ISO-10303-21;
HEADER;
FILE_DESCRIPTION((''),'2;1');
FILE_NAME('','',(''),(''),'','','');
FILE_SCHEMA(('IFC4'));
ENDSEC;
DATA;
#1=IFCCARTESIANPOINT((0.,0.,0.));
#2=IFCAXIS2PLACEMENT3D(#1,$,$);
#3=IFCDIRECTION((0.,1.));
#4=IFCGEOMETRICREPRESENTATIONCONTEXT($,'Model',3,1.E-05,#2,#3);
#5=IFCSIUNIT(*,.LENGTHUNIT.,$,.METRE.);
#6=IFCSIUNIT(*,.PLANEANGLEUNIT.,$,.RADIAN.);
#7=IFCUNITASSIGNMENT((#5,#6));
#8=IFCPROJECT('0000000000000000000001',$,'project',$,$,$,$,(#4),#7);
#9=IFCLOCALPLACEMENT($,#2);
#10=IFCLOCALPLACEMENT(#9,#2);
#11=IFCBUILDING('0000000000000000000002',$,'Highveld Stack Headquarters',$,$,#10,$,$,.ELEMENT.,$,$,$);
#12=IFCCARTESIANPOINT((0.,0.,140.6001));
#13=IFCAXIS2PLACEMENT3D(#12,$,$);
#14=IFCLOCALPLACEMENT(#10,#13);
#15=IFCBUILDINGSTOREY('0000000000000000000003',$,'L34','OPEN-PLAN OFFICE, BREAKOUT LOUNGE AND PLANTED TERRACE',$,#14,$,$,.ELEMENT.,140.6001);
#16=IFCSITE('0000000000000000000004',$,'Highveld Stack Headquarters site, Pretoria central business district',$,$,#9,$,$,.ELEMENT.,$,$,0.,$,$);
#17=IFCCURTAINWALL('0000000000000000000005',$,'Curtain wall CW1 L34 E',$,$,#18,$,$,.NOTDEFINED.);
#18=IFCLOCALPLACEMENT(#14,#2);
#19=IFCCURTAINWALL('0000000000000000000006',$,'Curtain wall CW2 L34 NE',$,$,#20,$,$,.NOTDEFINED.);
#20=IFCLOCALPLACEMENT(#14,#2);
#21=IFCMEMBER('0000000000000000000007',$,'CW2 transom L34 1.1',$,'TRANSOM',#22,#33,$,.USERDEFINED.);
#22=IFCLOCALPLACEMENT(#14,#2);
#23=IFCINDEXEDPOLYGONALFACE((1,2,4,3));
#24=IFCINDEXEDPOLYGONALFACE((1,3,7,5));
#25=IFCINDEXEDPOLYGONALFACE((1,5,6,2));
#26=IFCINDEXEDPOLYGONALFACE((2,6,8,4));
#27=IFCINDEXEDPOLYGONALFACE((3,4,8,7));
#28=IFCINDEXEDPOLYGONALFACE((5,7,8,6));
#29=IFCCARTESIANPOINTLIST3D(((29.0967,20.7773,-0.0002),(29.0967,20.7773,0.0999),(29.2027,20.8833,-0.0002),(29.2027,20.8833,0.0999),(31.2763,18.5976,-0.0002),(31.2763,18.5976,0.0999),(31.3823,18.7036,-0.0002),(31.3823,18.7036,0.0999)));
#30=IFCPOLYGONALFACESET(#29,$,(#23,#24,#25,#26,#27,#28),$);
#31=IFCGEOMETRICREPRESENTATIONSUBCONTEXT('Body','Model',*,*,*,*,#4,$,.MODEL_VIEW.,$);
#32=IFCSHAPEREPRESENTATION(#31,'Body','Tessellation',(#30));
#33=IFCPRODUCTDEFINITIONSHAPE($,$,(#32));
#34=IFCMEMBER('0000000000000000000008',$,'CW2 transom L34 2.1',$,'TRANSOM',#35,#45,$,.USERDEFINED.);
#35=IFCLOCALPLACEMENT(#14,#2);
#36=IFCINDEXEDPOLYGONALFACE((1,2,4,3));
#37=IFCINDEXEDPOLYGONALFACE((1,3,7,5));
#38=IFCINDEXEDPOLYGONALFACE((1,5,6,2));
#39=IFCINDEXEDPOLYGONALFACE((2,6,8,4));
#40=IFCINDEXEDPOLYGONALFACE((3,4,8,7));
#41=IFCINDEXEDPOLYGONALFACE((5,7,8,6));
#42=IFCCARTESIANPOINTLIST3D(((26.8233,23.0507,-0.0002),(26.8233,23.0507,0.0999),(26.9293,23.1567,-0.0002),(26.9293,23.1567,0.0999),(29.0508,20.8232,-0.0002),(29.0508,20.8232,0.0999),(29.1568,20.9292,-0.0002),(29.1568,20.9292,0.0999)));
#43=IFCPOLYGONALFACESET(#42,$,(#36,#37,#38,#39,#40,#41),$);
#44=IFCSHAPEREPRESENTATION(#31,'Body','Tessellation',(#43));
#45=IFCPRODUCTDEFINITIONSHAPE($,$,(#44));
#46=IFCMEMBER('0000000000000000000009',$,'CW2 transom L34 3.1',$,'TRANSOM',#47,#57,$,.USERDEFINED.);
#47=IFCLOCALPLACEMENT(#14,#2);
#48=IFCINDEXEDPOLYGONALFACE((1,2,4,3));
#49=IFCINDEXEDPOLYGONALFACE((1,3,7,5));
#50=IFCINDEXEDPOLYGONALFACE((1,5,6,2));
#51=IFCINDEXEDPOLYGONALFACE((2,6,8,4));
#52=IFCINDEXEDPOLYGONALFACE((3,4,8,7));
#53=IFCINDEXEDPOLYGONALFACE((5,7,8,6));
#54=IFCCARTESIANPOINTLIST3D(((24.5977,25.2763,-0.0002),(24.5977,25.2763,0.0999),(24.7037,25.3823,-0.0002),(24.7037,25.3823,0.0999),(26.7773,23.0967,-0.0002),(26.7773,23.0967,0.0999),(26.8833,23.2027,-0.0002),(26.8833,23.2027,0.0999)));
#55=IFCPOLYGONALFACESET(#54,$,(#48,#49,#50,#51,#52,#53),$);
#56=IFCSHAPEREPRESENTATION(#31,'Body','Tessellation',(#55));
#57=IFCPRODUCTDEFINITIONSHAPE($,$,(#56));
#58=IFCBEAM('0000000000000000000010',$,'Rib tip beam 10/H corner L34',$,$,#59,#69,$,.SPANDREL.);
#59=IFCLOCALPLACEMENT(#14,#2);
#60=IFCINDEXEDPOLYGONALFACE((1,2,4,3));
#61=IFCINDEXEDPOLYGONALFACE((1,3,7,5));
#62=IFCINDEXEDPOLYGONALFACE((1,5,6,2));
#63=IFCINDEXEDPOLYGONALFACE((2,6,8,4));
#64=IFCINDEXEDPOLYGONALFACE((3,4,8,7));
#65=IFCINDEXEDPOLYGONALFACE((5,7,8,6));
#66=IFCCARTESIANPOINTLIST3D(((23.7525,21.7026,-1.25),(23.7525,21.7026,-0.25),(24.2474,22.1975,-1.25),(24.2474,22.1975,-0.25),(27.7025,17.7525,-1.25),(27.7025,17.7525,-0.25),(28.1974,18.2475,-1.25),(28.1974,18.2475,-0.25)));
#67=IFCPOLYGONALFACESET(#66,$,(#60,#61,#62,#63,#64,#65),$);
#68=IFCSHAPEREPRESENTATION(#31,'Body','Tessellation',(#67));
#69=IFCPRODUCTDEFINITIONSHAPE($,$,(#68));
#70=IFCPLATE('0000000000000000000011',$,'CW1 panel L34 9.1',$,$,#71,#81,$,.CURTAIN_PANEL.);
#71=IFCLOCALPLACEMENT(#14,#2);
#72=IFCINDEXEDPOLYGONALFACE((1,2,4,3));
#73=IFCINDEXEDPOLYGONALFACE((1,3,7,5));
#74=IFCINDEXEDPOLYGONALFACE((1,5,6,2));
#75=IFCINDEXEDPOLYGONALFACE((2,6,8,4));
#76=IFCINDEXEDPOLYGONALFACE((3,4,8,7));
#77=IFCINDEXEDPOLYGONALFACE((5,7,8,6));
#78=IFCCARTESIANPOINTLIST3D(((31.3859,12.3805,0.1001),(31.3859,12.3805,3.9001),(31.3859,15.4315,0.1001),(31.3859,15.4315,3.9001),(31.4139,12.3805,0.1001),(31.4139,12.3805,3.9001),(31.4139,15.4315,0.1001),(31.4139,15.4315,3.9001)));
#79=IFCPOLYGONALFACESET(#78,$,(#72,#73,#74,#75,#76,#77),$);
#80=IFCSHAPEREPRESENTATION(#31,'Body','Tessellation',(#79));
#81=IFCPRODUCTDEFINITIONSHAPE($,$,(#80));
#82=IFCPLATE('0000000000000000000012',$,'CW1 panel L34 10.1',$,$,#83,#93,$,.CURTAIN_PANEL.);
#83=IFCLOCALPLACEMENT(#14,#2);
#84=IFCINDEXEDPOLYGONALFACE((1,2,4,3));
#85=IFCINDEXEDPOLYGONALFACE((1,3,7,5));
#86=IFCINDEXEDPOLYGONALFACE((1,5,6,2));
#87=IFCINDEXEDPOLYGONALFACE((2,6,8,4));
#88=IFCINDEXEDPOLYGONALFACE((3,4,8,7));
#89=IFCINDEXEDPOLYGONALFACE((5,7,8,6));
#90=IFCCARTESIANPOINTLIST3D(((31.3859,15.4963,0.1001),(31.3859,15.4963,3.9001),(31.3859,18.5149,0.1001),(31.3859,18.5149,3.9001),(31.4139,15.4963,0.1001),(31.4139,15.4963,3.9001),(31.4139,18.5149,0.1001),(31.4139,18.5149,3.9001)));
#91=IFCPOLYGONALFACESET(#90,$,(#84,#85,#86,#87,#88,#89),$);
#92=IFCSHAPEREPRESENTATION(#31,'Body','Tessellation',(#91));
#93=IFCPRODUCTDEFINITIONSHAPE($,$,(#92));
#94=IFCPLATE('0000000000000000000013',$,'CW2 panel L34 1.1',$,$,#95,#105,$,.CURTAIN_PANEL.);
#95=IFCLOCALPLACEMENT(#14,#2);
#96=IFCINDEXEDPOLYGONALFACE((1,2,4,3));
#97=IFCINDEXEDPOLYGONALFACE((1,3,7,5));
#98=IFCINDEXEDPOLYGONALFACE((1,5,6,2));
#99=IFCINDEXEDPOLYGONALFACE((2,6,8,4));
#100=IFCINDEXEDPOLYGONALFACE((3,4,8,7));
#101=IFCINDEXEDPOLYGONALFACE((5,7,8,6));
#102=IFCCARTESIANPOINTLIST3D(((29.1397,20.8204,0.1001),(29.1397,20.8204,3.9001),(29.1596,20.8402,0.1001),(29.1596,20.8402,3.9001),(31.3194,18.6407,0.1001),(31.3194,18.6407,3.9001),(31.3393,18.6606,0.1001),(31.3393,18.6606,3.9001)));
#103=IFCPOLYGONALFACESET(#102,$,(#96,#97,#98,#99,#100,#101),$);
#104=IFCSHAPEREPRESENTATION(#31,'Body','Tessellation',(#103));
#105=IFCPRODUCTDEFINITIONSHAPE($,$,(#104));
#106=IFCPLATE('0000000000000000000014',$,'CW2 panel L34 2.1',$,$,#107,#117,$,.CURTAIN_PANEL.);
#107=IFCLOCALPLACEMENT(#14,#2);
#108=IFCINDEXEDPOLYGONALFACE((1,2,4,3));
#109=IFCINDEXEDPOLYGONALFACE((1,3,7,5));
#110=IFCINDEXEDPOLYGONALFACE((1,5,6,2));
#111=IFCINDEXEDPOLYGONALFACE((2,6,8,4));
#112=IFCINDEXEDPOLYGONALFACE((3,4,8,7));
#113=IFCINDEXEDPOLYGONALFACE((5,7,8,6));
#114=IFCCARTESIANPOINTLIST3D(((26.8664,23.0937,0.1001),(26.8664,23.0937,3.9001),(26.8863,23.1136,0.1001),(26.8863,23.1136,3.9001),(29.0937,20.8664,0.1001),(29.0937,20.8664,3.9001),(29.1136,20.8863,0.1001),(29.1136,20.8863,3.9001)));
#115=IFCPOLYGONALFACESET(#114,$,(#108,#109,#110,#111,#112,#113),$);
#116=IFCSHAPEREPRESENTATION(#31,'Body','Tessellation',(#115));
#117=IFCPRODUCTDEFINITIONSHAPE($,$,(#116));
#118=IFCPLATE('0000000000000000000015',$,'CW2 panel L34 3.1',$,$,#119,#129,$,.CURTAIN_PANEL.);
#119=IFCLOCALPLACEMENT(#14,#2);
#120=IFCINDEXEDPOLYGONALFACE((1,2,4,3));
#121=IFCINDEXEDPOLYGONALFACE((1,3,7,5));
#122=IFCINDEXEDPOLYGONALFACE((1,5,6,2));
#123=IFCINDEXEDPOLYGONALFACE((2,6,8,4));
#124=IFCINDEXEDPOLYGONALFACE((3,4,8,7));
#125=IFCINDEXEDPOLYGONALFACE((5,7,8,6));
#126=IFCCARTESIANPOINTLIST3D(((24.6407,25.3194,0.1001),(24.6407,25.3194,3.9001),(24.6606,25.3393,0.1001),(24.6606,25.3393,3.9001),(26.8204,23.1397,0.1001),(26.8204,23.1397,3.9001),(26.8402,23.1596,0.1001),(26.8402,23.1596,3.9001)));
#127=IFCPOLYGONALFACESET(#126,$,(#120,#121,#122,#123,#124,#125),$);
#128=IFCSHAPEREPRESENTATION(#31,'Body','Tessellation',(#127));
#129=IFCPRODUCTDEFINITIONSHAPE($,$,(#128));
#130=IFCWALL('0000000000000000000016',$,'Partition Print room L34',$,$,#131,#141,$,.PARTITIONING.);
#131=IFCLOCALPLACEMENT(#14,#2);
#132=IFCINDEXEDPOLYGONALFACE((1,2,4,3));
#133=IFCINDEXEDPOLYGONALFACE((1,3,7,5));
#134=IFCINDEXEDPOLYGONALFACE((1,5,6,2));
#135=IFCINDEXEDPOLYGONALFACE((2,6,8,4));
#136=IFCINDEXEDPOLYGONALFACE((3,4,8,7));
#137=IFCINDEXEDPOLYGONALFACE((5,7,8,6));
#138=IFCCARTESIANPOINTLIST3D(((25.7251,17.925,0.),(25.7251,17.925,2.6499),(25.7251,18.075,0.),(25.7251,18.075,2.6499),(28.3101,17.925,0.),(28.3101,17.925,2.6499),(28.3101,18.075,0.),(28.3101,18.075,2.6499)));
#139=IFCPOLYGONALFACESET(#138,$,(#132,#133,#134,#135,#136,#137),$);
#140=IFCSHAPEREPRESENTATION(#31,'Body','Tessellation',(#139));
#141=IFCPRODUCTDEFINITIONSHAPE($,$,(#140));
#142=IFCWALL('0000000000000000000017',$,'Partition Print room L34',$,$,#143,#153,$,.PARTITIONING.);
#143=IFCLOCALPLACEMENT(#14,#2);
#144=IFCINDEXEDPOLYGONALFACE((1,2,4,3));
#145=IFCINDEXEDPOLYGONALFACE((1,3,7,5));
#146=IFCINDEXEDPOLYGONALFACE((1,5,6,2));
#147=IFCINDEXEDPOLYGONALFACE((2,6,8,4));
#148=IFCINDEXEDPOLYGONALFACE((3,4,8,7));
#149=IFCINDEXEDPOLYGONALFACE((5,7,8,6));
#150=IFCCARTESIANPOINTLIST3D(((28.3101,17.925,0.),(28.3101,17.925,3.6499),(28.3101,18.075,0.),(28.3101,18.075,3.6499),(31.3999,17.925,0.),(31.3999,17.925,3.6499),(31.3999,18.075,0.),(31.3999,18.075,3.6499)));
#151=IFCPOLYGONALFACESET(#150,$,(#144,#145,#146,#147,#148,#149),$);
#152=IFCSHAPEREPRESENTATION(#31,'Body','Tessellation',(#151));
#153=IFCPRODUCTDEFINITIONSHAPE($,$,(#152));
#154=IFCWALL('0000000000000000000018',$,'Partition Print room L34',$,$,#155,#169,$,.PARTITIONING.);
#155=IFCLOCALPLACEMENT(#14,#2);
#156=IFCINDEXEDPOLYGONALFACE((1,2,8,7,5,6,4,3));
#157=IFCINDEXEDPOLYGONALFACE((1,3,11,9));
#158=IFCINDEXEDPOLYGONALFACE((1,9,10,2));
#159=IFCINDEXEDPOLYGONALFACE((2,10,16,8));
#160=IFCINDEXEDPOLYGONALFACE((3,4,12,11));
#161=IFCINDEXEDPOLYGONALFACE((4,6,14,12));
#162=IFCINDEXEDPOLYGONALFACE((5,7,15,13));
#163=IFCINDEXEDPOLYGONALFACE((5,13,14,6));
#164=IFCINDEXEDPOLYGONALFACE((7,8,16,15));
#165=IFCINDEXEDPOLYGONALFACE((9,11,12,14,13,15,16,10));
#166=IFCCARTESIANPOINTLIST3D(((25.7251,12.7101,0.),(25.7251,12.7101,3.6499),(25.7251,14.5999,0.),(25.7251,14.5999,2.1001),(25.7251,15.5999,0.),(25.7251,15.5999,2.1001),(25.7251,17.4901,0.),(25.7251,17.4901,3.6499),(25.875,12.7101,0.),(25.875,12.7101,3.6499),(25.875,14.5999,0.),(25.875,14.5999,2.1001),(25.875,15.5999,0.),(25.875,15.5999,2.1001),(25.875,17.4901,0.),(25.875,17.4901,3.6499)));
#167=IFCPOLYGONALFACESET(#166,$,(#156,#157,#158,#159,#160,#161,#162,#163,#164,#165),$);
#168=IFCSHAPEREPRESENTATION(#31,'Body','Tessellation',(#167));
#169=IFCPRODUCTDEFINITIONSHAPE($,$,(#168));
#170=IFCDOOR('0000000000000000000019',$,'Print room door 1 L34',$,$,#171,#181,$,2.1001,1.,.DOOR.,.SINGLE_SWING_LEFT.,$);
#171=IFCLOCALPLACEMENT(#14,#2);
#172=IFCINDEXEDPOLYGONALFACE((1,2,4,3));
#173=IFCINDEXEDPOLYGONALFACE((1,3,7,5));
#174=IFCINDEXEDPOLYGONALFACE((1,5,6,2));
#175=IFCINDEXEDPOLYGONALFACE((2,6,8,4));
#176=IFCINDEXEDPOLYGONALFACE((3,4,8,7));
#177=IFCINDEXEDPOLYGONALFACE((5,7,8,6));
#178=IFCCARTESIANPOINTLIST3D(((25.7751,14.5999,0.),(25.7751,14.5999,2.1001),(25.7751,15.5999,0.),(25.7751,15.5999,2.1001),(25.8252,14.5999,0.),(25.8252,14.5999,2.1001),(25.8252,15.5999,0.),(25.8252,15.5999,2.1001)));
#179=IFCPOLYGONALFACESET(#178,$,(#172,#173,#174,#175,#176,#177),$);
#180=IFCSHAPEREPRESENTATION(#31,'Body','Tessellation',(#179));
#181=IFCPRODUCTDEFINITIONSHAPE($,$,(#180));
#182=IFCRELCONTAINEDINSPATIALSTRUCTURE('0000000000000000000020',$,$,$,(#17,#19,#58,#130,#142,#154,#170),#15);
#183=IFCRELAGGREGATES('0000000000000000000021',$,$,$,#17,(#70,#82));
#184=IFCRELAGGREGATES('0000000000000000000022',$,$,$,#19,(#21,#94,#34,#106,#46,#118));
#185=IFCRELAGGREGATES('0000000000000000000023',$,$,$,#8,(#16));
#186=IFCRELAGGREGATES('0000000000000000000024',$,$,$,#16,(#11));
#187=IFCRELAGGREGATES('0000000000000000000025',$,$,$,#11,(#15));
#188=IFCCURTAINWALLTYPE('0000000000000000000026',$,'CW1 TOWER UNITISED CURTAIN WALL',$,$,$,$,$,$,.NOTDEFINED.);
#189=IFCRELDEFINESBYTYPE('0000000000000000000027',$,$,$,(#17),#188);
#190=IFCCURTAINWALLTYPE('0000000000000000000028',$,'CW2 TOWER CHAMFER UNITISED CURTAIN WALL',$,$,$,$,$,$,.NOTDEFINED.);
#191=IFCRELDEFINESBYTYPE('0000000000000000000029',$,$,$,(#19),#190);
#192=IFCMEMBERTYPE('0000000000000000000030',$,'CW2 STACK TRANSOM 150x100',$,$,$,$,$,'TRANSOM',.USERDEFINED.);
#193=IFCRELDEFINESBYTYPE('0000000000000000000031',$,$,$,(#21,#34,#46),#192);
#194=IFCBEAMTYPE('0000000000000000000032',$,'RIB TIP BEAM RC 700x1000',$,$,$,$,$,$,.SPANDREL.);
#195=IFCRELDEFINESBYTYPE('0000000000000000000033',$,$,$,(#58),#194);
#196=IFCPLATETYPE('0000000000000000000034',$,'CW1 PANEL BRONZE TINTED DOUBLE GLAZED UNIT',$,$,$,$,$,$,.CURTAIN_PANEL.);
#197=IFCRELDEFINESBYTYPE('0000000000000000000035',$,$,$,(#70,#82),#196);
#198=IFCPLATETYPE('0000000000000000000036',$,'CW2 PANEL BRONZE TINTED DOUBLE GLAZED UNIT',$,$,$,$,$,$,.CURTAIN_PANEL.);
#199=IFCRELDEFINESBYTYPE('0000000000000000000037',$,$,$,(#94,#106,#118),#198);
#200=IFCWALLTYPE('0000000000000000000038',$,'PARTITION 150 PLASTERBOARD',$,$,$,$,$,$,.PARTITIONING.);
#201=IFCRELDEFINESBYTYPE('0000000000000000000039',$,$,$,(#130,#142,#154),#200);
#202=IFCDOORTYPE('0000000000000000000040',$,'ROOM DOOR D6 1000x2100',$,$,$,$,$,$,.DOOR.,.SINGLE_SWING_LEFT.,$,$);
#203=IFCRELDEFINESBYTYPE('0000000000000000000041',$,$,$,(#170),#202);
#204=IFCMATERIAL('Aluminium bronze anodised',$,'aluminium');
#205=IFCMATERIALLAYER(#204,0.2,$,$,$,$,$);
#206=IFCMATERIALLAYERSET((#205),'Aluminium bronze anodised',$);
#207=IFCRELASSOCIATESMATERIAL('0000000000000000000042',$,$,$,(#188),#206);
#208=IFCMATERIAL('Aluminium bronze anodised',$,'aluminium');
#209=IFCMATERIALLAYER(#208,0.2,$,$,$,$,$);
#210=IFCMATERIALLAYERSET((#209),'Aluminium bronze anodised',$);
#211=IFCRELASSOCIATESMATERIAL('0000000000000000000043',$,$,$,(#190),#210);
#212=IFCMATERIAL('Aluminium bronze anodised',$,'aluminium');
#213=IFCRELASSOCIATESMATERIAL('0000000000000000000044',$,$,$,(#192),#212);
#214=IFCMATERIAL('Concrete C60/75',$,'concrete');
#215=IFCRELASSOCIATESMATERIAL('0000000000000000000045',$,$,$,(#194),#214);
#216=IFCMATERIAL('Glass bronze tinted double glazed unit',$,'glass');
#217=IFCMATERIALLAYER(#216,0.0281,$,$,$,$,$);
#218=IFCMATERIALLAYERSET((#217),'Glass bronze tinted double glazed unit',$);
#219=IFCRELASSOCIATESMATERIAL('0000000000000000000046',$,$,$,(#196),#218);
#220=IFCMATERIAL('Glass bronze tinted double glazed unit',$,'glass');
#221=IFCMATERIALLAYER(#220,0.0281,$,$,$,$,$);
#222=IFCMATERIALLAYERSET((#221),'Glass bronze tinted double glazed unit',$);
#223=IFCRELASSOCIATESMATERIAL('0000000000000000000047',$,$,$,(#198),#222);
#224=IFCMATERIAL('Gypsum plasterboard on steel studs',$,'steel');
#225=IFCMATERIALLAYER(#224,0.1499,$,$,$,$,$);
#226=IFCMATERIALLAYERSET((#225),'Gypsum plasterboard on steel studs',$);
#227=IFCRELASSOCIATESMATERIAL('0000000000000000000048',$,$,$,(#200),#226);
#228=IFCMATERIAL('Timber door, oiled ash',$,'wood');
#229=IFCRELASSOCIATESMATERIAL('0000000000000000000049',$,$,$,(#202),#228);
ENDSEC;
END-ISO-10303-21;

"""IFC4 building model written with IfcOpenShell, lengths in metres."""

from ifc_helpers import new_model, si_unit, direction, frame, frame_2d, origin, origin_2d, place, context, subcontext, project, spatial, rectangle, extrude, material, layer, layer_set, material_profile, profile_set, type_object, element, fill, aggregate, save


model = new_model("IFC4")

# Units and contexts
model_context = context("Model", 3, precision=1e-05, world=origin(), true_north=direction((0.0, 1.0)))
body_context = subcontext(model_context, "Body", "Model", "MODEL_VIEW")
ifc_project = project(units=[si_unit("LENGTHUNIT", "METRE"), si_unit("PLANEANGLEUNIT", "RADIAN")], contexts=[model_context])

# Site, building, storey
site_placement = place(None, origin())
site = spatial("IfcSite", under=ifc_project, at=site_placement, Name="Highveld Stack Headquarters site, Pretoria central business district", CompositionType="ELEMENT", RefElevation=0.0)
building_placement = place(site_placement, origin())
building = spatial("IfcBuilding", under=site, at=building_placement, Name="Highveld Stack Headquarters", CompositionType="ELEMENT")
storey_placement = place(building_placement, frame((0.0, 0.0, 140.6001)))
storey = spatial("IfcBuildingStorey", under=building, at=storey_placement, Name="L34", Description="OPEN-PLAN OFFICE, BREAKOUT LOUNGE AND PLANTED TERRACE", CompositionType="ELEMENT", Elevation=140.6001)

# Curtain wall
ifc_material_1 = material(Name="Aluminium bronze anodised", Category="aluminium")
ifc_layer_1 = layer(ifc_material_1, 0.2)
ifc_layer_set_1 = layer_set([ifc_layer_1], Name="Aluminium bronze anodised")
curtain_wall_type_1 = type_object("IfcCurtainWallType", Name="CW1 TOWER UNITISED CURTAIN WALL", PredefinedType="NOTDEFINED", material=ifc_layer_set_1)
curtain_wall_1_placement = place(storey_placement, origin())
curtain_wall_1 = element("IfcCurtainWall", 1, at=curtain_wall_1_placement, inside=storey, type_object=curtain_wall_type_1, Name="Curtain wall CW1 L34 E", PredefinedType="NOTDEFINED")

# Curtain wall, members
ifc_material_2 = material(Name="Aluminium bronze anodised", Category="aluminium")
ifc_layer_2 = layer(ifc_material_2, 0.2)
ifc_layer_set_2 = layer_set([ifc_layer_2], Name="Aluminium bronze anodised")
curtain_wall_type_2 = type_object("IfcCurtainWallType", Name="CW2 TOWER CHAMFER UNITISED CURTAIN WALL", PredefinedType="NOTDEFINED", material=ifc_layer_set_2)
curtain_wall_2_placement = place(storey_placement, origin())
curtain_wall_2 = element("IfcCurtainWall", 2, at=curtain_wall_2_placement, inside=storey, type_object=curtain_wall_type_2, Name="Curtain wall CW2 L34 NE", PredefinedType="NOTDEFINED")
ifc_material_3 = material(Name="Aluminium bronze anodised", Category="aluminium")
ifc_material_profile_1 = material_profile(ifc_material_3, rectangle(XDim=0.1499, YDim=0.1001, at=origin_2d()), Name="CW2 TRANSOM 150x100")
ifc_profile_set_1 = profile_set([ifc_material_profile_1], Name="Aluminium bronze anodised")
member_type_1 = type_object("IfcMemberType", Name="CW2 STACK TRANSOM 150x100", ElementType="TRANSOM", PredefinedType="USERDEFINED", material=ifc_profile_set_1)
member_1_placement = place(storey_placement, frame((31.3293, 18.6506, 0.0498), z_axis=(-0.707107, 0.707107, 0.0), x_axis=(-0.707107, -0.707107, 0.0)))
member_1 = element("IfcMember", 3, at=member_1_placement, type_object=member_type_1, Name="CW2 transom L34 1.1", ObjectType="TRANSOM", PredefinedType="USERDEFINED", context=body_context, shape_type="SweptSolid", body=[
    extrude(rectangle(XDim=0.1499, YDim=0.1001, at=origin_2d()), origin(), (0.0, 0.0, 1.0), 3.0825),
])
member_2_placement = place(storey_placement, frame((29.1038, 20.8762, 0.0498), z_axis=(-0.707107, 0.707107, 0.0), x_axis=(-0.707107, -0.707107, 0.0)))
member_2 = element("IfcMember", 4, at=member_2_placement, type_object=member_type_1, Name="CW2 transom L34 2.1", ObjectType="TRANSOM", PredefinedType="USERDEFINED", context=body_context, shape_type="SweptSolid", body=[
    extrude(rectangle(XDim=0.1499, YDim=0.1001, at=origin_2d()), origin(), (0.0, 0.0, 1.0), 3.1501),
])
member_3_placement = place(storey_placement, frame((26.8303, 23.1497, 0.0498), z_axis=(-0.707107, 0.707107, 0.0), x_axis=(-0.707107, -0.707107, 0.0)))
member_3 = element("IfcMember", 5, at=member_3_placement, type_object=member_type_1, Name="CW2 transom L34 3.1", ObjectType="TRANSOM", PredefinedType="USERDEFINED", context=body_context, shape_type="SweptSolid", body=[
    extrude(rectangle(XDim=0.1499, YDim=0.1001, at=origin_2d()), origin(), (0.0, 0.0, 1.0), 3.0825),
])

# Beam
ifc_material_4 = material(Name="Concrete C60/75", Category="concrete")
ifc_material_profile_2 = material_profile(ifc_material_4, rectangle(XDim=0.7, YDim=1.0, at=origin_2d()), Name="RC 700x1000")
ifc_profile_set_2 = profile_set([ifc_material_profile_2], Name="Concrete C60/75")
beam_type = type_object("IfcBeamType", Name="RIB TIP BEAM RC 700x1000", PredefinedType="SPANDREL", material=ifc_profile_set_2)
beam_placement = place(storey_placement, frame((27.95, 18.0, -0.75), z_axis=(-0.707107, 0.707107, 0.0), x_axis=(-0.707107, -0.707107, 0.0)))
element("IfcBeam", 6, at=beam_placement, inside=storey, type_object=beam_type, Name="Rib tip beam 10/H corner L34", PredefinedType="SPANDREL", context=body_context, shape_type="SweptSolid", body=[
    extrude(rectangle(XDim=0.7, YDim=1.0, at=origin_2d()), origin(), (0.0, 0.0, 1.0), 5.5862),
])

# Plates
ifc_material_5 = material(Name="Glass bronze tinted double glazed unit", Category="glass")
ifc_layer_3 = layer(ifc_material_5, 0.0281)
ifc_layer_set_3 = layer_set([ifc_layer_3], Name="Glass bronze tinted double glazed unit")
plate_type_1 = type_object("IfcPlateType", Name="CW1 PANEL BRONZE TINTED DOUBLE GLAZED UNIT", PredefinedType="CURTAIN_PANEL", material=ifc_layer_set_3)
plate_1_placement = place(storey_placement, frame((31.3999, 13.906, 0.1001), z_axis=(0.0, 0.0, 1.0), x_axis=(0.0, 1.0, 0.0)))
plate_1 = element("IfcPlate", 7, at=plate_1_placement, type_object=plate_type_1, Name="CW1 panel L34 9.1", PredefinedType="CURTAIN_PANEL", context=body_context, shape_type="SweptSolid", body=[
    extrude(rectangle(XDim=3.051, YDim=0.0281, at=origin_2d()), origin(), (0.0, 0.0, 1.0), 3.8),
])
plate_2_placement = place(storey_placement, frame((31.3999, 17.0056, 0.1001), z_axis=(0.0, 0.0, 1.0), x_axis=(0.0, 1.0, 0.0)))
plate_2 = element("IfcPlate", 8, at=plate_2_placement, type_object=plate_type_1, Name="CW1 panel L34 10.1", PredefinedType="CURTAIN_PANEL", context=body_context, shape_type="SweptSolid", body=[
    extrude(rectangle(XDim=3.0186, YDim=0.0281, at=origin_2d()), origin(), (0.0, 0.0, 1.0), 3.8),
])
aggregate(curtain_wall_1, [plate_1, plate_2])
ifc_material_6 = material(Name="Glass bronze tinted double glazed unit", Category="glass")
ifc_layer_4 = layer(ifc_material_6, 0.0281)
ifc_layer_set_4 = layer_set([ifc_layer_4], Name="Glass bronze tinted double glazed unit")
plate_type_2 = type_object("IfcPlateType", Name="CW2 PANEL BRONZE TINTED DOUBLE GLAZED UNIT", PredefinedType="CURTAIN_PANEL", material=ifc_layer_set_4)
plate_3_placement = place(storey_placement, frame((30.2395, 19.7405, 0.1001), z_axis=(0.0, 0.0, 1.0), x_axis=(-0.707107, 0.707107, 0.0)))
plate_3 = element("IfcPlate", 9, at=plate_3_placement, type_object=plate_type_2, Name="CW2 panel L34 1.1", PredefinedType="CURTAIN_PANEL", context=body_context, shape_type="SweptSolid", body=[
    extrude(rectangle(XDim=3.0825, YDim=0.0281, at=origin_2d()), origin(), (0.0, 0.0, 1.0), 3.8),
])
plate_4_placement = place(storey_placement, frame((27.99, 21.99, 0.1001), z_axis=(0.0, 0.0, 1.0), x_axis=(-0.707107, 0.707107, 0.0)))
plate_4 = element("IfcPlate", 10, at=plate_4_placement, type_object=plate_type_2, Name="CW2 panel L34 2.1", PredefinedType="CURTAIN_PANEL", context=body_context, shape_type="SweptSolid", body=[
    extrude(rectangle(XDim=3.1499, YDim=0.0281, at=origin_2d()), origin(), (0.0, 0.0, 1.0), 3.8),
])
plate_5_placement = place(storey_placement, frame((25.7405, 24.2395, 0.1001), z_axis=(0.0, 0.0, 1.0), x_axis=(-0.707107, 0.707107, 0.0)))
plate_5 = element("IfcPlate", 11, at=plate_5_placement, type_object=plate_type_2, Name="CW2 panel L34 3.1", PredefinedType="CURTAIN_PANEL", context=body_context, shape_type="SweptSolid", body=[
    extrude(rectangle(XDim=3.0825, YDim=0.0281, at=origin_2d()), origin(), (0.0, 0.0, 1.0), 3.8),
])
aggregate(curtain_wall_2, [member_1, plate_3, member_2, plate_4, member_3, plate_5])

# Walls
ifc_material_7 = material(Name="Gypsum plasterboard on steel studs", Category="steel")
ifc_layer_5 = layer(ifc_material_7, 0.1499)
ifc_layer_set_5 = layer_set([ifc_layer_5], Name="Gypsum plasterboard on steel studs")
wall_type = type_object("IfcWallType", Name="PARTITION 150 PLASTERBOARD", PredefinedType="PARTITIONING", material=ifc_layer_set_5)
wall_1_placement = place(storey_placement, frame((25.7251, 18.0, 0.0), z_axis=(0.0, 0.0, 1.0), x_axis=(1.0, 0.0, 0.0)))
element("IfcWall", 12, at=wall_1_placement, inside=storey, type_object=wall_type, Name="Partition Print room L34", PredefinedType="PARTITIONING", context=body_context, shape_type="SweptSolid", body=[
    extrude(rectangle(XDim=2.585, YDim=0.1499, at=frame_2d((1.2925, 0.0))), origin(), (0.0, 0.0, 1.0), 2.6499),
])
wall_2_placement = place(storey_placement, frame((28.3101, 18.0, 0.0), z_axis=(0.0, 0.0, 1.0), x_axis=(1.0, 0.0, 0.0)))
element("IfcWall", 13, at=wall_2_placement, inside=storey, type_object=wall_type, Name="Partition Print room L34", PredefinedType="PARTITIONING", context=body_context, shape_type="SweptSolid", body=[
    extrude(rectangle(XDim=3.0898, YDim=0.1499, at=frame_2d((1.5449, 0.0))), origin(), (0.0, 0.0, 1.0), 3.6499),
])

# Wall, opening, door
wall_3_placement = place(storey_placement, frame((25.8, 12.71, 0.0), z_axis=(0.0, 0.0, 1.0), x_axis=(0.0, 1.0, 0.0)))
wall_3 = element("IfcWall", 14, at=wall_3_placement, inside=storey, type_object=wall_type, Name="Partition Print room L34", PredefinedType="PARTITIONING", context=body_context, shape_type="SweptSolid", body=[
    extrude(rectangle(XDim=4.78, YDim=0.1499, at=frame_2d((2.3901, 0.0))), origin(), (0.0, 0.0, 1.0), 3.6499),
])
opening_placement = place(wall_3_placement, frame((1.8899, 0.0, 0.0)))
opening = element("IfcOpeningElement", 15, at=opening_placement, cuts=wall_3, PredefinedType="OPENING", context=body_context, shape_type="SweptSolid", body=[
    extrude(rectangle(XDim=1.0, YDim=2.1001, at=frame_2d((0.5, 1.05))), frame((0.0, 0.085, 0.0), z_axis=(0.0, -1.0, 0.0), x_axis=(1.0, 0.0, 0.0)), (0.0, 0.0, 1.0), 0.1699),
])
ifc_material_8 = material(Name="Timber door, oiled ash", Category="wood")
door_type = type_object("IfcDoorType", Name="ROOM DOOR D6 1000x2100", OperationType="SINGLE_SWING_LEFT", PredefinedType="DOOR", material=ifc_material_8)
door_placement = place(opening_placement, origin())
door = element("IfcDoor", 16, at=door_placement, inside=storey, type_object=door_type, Name="Print room door 1 L34", OperationType="SINGLE_SWING_LEFT", OverallHeight=2.1001, OverallWidth=1.0, PredefinedType="DOOR", context=body_context, shape_type="SweptSolid", body=[
    extrude(rectangle(XDim=1.0, YDim=2.1001, at=frame_2d((0.5, 1.05))), frame((0.0, 0.0249, 0.0), z_axis=(0.0, -1.0, 0.0), x_axis=(1.0, 0.0, 0.0)), (0.0, 0.0, 1.0), 0.05),
])
fill(opening, door)

save(model, "model.ifc")
